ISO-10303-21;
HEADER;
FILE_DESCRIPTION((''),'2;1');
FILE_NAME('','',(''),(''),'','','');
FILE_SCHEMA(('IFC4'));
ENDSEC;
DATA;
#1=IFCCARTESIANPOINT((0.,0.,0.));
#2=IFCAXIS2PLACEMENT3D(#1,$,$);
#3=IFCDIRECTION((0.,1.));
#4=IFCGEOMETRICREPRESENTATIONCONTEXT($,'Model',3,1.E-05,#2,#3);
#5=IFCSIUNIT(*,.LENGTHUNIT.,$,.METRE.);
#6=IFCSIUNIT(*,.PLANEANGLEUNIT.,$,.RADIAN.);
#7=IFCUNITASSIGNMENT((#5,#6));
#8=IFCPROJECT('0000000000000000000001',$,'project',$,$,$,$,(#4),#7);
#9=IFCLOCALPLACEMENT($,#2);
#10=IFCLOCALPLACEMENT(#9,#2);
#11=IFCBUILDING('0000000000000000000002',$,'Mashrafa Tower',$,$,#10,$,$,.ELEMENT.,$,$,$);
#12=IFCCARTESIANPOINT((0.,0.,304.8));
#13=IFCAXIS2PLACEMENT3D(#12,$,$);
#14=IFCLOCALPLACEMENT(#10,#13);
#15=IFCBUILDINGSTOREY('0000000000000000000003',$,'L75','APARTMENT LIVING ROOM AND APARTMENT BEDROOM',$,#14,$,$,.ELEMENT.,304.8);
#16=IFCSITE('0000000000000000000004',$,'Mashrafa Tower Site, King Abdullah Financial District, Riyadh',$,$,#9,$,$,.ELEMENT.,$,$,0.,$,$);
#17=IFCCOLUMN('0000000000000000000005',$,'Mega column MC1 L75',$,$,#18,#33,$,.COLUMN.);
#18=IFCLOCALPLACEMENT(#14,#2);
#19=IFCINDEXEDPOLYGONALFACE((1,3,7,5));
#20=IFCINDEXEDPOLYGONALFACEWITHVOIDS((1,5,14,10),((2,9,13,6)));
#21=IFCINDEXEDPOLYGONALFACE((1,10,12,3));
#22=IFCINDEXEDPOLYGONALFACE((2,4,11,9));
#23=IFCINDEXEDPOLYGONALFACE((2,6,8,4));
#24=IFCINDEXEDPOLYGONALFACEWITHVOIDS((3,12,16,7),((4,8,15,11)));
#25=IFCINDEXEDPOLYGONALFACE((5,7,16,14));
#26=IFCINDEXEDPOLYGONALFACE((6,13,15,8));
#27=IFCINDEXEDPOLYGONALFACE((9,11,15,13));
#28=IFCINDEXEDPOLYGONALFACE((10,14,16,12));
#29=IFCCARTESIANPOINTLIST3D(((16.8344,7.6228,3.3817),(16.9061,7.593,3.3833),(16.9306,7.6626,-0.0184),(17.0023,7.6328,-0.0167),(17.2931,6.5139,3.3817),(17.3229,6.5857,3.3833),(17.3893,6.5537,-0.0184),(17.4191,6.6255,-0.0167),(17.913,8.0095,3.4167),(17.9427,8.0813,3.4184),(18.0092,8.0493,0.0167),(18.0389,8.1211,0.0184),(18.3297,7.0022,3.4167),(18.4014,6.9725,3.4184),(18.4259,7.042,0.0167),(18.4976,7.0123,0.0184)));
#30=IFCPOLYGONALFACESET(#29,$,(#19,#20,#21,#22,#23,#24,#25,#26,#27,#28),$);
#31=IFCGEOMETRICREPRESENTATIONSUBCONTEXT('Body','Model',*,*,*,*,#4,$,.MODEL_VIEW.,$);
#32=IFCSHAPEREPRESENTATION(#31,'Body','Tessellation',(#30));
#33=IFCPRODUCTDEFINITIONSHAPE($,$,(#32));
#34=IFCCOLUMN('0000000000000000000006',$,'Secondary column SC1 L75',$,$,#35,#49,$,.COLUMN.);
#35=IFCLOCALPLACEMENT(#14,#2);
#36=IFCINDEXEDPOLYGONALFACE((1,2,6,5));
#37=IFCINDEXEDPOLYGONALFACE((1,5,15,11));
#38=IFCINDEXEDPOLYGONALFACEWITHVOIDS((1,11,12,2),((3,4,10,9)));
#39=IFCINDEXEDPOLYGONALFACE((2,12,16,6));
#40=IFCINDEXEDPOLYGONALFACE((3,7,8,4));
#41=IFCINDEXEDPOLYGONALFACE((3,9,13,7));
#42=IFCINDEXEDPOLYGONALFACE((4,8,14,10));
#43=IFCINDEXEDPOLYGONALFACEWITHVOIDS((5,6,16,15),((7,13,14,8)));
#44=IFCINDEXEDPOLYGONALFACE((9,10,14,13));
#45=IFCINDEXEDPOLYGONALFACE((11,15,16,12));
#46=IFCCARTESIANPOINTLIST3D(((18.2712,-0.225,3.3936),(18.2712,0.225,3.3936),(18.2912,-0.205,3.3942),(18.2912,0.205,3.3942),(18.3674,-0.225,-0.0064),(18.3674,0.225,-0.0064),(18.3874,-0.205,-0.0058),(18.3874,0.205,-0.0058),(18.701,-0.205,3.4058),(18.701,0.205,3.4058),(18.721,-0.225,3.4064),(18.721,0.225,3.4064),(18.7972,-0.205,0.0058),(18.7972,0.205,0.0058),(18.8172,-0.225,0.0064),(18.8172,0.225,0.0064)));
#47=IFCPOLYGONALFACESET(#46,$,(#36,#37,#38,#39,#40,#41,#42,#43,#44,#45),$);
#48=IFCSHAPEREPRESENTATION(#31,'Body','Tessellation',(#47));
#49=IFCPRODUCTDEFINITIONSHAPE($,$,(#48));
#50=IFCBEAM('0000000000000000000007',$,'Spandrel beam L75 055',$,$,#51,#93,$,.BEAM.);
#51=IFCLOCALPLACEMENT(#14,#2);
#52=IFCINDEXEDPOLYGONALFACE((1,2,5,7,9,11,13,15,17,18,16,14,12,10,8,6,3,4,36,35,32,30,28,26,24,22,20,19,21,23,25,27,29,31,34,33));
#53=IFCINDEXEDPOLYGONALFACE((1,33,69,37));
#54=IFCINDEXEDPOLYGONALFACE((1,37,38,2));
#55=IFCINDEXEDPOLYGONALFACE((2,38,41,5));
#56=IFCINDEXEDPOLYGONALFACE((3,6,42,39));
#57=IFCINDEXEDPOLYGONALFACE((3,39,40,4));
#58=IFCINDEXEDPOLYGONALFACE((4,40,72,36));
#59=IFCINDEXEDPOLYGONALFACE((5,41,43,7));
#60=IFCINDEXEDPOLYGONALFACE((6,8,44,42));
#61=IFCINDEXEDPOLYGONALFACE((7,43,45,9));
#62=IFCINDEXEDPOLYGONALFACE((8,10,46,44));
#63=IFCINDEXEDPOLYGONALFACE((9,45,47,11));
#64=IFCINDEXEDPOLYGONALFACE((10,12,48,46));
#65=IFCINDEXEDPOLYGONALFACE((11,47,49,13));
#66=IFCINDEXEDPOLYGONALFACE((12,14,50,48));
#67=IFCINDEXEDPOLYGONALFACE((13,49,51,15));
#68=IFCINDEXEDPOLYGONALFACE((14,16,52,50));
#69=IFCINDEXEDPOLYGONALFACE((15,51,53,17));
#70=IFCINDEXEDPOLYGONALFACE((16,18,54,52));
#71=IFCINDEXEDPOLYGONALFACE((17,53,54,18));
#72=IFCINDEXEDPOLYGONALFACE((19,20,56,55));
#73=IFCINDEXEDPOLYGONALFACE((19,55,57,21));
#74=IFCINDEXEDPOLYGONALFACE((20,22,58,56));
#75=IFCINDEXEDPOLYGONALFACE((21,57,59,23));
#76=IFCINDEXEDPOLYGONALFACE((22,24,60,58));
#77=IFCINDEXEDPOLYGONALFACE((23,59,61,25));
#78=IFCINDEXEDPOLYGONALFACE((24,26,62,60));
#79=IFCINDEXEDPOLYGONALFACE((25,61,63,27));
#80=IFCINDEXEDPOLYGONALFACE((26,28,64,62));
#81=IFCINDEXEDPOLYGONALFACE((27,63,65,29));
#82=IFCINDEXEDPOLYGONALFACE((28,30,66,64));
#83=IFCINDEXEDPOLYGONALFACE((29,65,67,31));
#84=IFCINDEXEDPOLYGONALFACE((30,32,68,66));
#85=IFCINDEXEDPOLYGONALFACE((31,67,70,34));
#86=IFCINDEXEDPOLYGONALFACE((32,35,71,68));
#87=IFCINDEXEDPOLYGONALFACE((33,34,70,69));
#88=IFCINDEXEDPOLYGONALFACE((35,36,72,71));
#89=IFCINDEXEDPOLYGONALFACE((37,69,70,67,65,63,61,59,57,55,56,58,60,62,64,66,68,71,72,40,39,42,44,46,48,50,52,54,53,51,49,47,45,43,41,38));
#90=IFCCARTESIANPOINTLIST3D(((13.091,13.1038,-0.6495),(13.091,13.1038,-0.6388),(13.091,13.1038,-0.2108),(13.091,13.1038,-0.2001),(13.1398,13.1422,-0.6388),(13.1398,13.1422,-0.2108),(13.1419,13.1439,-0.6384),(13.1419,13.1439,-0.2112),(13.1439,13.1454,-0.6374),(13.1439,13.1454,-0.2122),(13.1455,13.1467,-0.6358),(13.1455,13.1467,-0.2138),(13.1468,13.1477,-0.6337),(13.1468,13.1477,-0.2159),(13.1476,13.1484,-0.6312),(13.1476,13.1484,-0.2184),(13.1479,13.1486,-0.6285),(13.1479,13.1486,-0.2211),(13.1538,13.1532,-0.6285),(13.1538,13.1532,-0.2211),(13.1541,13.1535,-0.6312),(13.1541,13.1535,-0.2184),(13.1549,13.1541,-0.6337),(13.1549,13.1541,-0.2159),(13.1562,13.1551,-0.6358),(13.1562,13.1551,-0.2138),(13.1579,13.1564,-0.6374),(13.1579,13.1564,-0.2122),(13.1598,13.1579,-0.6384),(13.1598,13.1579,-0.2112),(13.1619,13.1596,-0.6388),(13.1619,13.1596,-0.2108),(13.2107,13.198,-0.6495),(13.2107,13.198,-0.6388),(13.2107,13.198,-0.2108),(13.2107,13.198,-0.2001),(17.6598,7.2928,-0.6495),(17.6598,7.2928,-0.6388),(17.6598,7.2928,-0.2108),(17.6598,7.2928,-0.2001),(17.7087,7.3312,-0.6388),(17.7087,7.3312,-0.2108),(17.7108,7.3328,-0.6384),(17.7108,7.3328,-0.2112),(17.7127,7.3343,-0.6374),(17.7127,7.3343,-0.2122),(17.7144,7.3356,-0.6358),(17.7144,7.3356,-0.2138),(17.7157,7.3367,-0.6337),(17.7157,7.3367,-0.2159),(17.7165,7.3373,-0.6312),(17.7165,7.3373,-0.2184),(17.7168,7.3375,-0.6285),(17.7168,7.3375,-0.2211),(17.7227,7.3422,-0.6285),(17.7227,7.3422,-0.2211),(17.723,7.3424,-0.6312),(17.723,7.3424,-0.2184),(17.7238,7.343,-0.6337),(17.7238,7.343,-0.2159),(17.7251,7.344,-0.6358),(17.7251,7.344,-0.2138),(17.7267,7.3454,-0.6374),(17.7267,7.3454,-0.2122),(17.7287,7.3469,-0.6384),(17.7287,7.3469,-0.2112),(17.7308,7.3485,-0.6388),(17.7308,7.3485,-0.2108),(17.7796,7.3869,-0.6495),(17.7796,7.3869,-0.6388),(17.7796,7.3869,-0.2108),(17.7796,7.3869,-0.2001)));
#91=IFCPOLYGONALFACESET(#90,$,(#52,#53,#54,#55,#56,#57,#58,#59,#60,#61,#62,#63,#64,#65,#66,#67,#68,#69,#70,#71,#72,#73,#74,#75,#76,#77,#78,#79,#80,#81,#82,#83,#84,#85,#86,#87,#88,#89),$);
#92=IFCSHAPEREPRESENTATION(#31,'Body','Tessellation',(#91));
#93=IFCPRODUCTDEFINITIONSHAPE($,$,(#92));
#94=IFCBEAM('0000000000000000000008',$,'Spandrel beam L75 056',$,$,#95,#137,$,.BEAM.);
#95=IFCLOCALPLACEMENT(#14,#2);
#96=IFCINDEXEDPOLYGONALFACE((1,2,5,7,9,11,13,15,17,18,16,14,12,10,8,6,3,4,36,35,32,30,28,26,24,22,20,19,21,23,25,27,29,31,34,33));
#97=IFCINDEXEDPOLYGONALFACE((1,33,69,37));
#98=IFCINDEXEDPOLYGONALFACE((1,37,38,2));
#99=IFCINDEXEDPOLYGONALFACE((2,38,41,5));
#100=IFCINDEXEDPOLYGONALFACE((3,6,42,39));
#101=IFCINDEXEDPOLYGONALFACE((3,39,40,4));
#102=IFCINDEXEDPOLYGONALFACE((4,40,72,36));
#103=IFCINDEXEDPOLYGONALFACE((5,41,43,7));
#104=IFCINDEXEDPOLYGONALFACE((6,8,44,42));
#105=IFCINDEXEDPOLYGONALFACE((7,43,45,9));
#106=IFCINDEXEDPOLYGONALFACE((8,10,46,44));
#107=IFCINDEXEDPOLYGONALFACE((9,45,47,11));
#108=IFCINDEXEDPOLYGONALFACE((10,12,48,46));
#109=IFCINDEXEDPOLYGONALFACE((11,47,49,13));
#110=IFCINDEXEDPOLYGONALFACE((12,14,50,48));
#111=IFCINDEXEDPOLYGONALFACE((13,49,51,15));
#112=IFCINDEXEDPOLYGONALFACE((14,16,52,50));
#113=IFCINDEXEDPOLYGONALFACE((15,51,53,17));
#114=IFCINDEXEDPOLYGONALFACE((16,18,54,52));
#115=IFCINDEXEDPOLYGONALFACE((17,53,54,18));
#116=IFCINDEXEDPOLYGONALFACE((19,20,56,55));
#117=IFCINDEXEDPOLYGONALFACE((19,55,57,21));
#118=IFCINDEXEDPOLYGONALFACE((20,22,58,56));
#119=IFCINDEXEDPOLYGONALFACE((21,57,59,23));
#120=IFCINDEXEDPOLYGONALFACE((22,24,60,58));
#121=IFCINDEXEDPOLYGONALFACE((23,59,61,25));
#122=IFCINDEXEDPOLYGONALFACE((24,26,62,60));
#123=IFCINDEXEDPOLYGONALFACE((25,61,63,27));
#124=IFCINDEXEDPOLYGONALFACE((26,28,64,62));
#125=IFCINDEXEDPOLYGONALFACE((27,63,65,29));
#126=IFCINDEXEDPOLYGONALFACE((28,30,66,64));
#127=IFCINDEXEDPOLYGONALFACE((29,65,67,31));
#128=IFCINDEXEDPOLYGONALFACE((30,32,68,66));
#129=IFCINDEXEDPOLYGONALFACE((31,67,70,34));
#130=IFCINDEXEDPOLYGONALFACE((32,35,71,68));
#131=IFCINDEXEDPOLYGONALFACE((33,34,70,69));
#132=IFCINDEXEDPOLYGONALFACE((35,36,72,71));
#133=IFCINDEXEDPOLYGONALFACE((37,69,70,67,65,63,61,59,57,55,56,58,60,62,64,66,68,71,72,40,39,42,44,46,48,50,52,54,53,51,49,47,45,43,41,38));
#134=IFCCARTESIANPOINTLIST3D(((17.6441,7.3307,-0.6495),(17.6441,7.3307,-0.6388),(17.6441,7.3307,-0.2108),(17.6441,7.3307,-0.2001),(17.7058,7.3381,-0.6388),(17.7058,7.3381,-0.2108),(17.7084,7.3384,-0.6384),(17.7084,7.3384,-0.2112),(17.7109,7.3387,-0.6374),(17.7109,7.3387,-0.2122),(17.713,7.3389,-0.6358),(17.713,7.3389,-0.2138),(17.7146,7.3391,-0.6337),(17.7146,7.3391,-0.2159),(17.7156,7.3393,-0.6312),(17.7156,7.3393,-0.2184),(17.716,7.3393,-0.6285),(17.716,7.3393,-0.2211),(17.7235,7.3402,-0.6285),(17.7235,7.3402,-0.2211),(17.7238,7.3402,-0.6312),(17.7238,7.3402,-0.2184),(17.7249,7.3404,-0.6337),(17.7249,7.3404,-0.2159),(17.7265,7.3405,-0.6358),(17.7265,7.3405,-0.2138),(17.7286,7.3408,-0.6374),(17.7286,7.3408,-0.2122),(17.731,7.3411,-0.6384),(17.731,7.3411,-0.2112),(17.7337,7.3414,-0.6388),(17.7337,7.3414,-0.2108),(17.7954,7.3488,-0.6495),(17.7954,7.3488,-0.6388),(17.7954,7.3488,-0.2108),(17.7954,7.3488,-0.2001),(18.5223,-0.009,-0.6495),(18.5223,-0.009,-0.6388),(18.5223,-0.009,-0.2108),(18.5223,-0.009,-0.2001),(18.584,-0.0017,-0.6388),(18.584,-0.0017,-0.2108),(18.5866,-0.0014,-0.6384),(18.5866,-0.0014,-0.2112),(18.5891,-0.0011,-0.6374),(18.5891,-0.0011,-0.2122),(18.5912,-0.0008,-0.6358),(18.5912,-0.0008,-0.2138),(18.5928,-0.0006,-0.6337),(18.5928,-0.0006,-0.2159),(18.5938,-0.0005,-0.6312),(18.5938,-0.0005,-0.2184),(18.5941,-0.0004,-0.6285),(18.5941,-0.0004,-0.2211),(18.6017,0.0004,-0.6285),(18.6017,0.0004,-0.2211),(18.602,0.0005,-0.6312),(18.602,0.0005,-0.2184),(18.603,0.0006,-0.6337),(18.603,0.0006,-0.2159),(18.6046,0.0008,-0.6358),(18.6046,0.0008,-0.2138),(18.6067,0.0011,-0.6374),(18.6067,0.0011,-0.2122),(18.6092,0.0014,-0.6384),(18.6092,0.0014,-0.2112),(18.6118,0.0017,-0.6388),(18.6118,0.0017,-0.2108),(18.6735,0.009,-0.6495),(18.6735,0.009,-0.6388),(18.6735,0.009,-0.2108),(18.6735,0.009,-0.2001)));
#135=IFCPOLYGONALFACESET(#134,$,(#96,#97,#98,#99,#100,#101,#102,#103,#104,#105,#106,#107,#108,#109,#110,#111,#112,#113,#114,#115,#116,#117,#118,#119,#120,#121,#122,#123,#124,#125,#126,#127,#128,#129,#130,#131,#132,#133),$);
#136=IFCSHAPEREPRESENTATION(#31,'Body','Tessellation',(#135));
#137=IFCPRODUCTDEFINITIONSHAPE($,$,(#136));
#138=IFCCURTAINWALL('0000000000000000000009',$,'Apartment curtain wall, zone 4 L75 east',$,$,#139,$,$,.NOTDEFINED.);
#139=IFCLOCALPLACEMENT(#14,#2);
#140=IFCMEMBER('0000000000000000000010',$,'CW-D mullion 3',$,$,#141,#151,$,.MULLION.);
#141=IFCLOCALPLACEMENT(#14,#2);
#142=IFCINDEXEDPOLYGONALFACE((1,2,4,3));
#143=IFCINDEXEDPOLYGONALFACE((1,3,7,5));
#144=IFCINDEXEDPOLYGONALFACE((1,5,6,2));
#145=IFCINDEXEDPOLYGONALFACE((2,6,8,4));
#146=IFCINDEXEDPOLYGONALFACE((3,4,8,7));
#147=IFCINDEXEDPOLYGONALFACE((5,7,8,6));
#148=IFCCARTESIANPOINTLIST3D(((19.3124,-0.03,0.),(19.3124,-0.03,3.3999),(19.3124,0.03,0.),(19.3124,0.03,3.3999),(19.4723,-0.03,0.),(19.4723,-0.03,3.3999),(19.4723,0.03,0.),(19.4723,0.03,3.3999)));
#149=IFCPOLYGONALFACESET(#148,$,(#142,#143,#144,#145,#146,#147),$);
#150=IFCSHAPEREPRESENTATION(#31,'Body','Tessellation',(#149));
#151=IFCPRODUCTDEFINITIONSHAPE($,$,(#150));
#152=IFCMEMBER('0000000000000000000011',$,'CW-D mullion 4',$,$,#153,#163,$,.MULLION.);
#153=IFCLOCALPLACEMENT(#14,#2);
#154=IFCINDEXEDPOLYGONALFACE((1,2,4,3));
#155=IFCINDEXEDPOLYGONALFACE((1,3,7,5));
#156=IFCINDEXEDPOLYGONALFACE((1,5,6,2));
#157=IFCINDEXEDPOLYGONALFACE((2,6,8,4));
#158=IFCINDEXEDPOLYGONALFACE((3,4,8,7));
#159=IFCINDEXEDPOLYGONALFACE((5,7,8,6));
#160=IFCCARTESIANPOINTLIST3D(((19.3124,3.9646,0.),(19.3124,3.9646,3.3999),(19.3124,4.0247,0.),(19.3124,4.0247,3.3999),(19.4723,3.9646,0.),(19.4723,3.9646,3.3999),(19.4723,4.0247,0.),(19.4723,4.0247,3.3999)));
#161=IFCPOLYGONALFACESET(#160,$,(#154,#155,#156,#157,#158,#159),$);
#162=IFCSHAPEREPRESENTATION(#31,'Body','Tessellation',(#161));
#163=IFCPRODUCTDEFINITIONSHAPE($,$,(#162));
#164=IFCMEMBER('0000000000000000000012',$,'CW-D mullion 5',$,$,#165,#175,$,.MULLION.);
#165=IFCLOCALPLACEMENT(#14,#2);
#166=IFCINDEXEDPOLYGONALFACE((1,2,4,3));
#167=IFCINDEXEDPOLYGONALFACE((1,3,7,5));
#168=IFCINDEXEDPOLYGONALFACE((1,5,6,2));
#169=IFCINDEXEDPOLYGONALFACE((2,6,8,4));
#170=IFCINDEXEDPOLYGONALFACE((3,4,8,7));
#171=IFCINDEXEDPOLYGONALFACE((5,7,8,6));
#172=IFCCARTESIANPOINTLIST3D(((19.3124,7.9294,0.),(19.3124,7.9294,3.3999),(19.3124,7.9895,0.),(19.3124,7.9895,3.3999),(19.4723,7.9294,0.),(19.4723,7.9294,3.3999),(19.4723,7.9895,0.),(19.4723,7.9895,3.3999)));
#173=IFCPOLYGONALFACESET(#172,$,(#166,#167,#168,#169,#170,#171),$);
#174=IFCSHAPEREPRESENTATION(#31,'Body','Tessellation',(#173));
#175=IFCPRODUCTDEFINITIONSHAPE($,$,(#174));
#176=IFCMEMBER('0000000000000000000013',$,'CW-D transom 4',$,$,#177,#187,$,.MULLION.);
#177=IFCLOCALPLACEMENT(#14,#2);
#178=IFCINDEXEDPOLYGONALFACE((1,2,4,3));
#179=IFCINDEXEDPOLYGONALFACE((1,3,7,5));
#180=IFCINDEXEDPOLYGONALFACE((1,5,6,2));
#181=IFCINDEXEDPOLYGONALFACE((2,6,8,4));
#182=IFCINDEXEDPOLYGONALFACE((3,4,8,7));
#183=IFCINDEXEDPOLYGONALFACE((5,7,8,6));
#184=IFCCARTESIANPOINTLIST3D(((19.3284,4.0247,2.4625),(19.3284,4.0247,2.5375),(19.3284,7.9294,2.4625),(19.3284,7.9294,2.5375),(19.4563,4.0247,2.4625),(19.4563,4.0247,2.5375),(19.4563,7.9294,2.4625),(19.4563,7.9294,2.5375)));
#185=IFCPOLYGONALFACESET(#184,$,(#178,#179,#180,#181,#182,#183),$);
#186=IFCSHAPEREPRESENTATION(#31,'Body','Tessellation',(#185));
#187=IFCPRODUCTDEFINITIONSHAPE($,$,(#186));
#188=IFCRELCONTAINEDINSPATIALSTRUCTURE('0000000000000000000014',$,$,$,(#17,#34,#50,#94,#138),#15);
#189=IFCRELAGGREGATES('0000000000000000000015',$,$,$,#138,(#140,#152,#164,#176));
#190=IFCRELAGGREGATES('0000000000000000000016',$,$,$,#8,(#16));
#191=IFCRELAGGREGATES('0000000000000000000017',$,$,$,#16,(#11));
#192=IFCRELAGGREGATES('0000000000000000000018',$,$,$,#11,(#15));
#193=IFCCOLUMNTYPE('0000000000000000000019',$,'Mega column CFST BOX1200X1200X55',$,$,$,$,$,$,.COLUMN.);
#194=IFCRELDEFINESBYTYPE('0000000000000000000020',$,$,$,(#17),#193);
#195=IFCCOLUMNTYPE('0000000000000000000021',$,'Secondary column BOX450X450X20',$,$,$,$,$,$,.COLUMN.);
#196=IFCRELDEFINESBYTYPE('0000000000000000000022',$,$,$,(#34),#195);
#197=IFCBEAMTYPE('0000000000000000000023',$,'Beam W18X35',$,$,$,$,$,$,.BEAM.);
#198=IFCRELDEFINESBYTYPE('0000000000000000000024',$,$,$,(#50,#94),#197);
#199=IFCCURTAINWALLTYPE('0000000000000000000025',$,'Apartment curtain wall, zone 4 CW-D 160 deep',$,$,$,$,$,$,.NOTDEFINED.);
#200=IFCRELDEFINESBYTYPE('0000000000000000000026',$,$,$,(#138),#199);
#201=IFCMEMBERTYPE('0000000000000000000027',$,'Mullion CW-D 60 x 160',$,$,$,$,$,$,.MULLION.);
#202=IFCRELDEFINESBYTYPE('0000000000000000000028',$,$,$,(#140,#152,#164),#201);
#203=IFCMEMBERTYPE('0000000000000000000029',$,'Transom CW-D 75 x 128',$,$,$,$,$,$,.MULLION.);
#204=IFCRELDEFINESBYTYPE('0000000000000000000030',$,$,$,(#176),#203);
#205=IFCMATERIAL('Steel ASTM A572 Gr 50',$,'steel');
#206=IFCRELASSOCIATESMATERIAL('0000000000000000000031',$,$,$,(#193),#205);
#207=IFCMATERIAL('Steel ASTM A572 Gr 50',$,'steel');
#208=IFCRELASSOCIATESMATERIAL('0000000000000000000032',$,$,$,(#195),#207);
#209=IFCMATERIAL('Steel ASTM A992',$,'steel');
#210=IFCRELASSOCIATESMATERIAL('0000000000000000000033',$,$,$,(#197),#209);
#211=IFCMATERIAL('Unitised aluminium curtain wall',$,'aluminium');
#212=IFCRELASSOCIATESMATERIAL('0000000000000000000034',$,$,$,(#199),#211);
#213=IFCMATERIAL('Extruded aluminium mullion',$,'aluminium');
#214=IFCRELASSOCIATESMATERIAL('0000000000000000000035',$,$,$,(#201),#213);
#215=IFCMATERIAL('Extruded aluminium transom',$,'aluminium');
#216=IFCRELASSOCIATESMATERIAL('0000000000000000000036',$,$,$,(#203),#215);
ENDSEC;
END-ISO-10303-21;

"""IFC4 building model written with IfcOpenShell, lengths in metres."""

from ifc_helpers import new_model, si_unit, direction, frame, origin, origin_2d, place, context, subcontext, project, spatial, rectangle, hollow_rectangle, i_section, extrude, source, transform, mapped, material, material_profile, profile_set, type_object, type_shapes, element, aggregate, save


model = new_model("IFC4")

# Units and contexts
model_context = context("Model", 3, precision=1e-05, world=origin(), true_north=direction((0.0, 1.0)))
body_context = subcontext(model_context, "Body", "Model", "MODEL_VIEW")
ifc_project = project(units=[si_unit("LENGTHUNIT", "METRE"), si_unit("PLANEANGLEUNIT", "RADIAN")], contexts=[model_context])

# Site, building, storey
site_placement = place(None, origin())
site = spatial("IfcSite", under=ifc_project, at=site_placement, Name="Mashrafa Tower Site, King Abdullah Financial District, Riyadh", CompositionType="ELEMENT", RefElevation=0.0)
building_placement = place(site_placement, origin())
building = spatial("IfcBuilding", under=site, at=building_placement, Name="Mashrafa Tower", CompositionType="ELEMENT")
storey_placement = place(building_placement, frame((0.0, 0.0, 304.8)))
storey = spatial("IfcBuildingStorey", under=building, at=storey_placement, Name="L75", Description="APARTMENT LIVING ROOM AND APARTMENT BEDROOM", CompositionType="ELEMENT", Elevation=304.8)

# Columns
ifc_material_1 = material(Name="Steel ASTM A572 Gr 50", Category="steel")
ifc_material_profile_1 = material_profile(ifc_material_1, hollow_rectangle(XDim=1.2, YDim=1.2, WallThickness=0.0549, at=origin_2d()), Name="BOX1200X1200X55")
ifc_profile_set_1 = profile_set([ifc_material_profile_1], Name="Steel ASTM A572 Gr 50")
column_type_1 = type_object("IfcColumnType", Name="Mega column CFST BOX1200X1200X55", PredefinedType="COLUMN", material=ifc_profile_set_1)
column_1_placement = place(storey_placement, frame((17.7141, 7.3374, 0.0), z_axis=(-0.028279, -0.011699, 0.999532), x_axis=(0.382283, -0.924045, 0.0)))
element("IfcColumn", 1, at=column_1_placement, inside=storey, type_object=column_type_1, Name="Mega column MC1 L75", PredefinedType="COLUMN", context=body_context, shape_type="SweptSolid", body=[
    extrude(hollow_rectangle(XDim=1.2, YDim=1.2, WallThickness=0.0549, at=origin_2d()), origin(), (0.0, 0.0, 1.0), 3.4016),
])
ifc_material_2 = material(Name="Steel ASTM A572 Gr 50", Category="steel")
ifc_material_profile_2 = material_profile(ifc_material_2, hollow_rectangle(XDim=0.45, YDim=0.45, WallThickness=0.02, at=origin_2d()), Name="BOX450X450X20")
ifc_profile_set_2 = profile_set([ifc_material_profile_2], Name="Steel ASTM A572 Gr 50")
column_type_2 = type_object("IfcColumnType", Name="Secondary column BOX450X450X20", PredefinedType="COLUMN", material=ifc_profile_set_2)
column_2_placement = place(storey_placement, frame((18.5923, 0.0, 0.0), z_axis=(-0.028281, 0.0, 0.9996), x_axis=(0.0, -1.0, 0.0)))
element("IfcColumn", 2, at=column_2_placement, inside=storey, type_object=column_type_2, Name="Secondary column SC1 L75", PredefinedType="COLUMN", context=body_context, shape_type="SweptSolid", body=[
    extrude(hollow_rectangle(XDim=0.45, YDim=0.45, WallThickness=0.02, at=origin_2d()), origin(), (0.0, 0.0, 1.0), 3.4014),
])

# Beams
ifc_material_3 = material(Name="Steel ASTM A992", Category="steel")
ifc_material_profile_3 = material_profile(ifc_material_3, i_section(OverallWidth=0.1523, OverallDepth=0.4495, WebThickness=0.0076, FlangeThickness=0.0107, FilletRadius=0.0103, at=origin_2d()), Name="W18X35")
ifc_profile_set_3 = profile_set([ifc_material_profile_3], Name="Steel ASTM A992")
beam_type = type_object("IfcBeamType", Name="Beam W18X35", PredefinedType="BEAM", material=ifc_profile_set_3)
for number, where, z_axis, x_axis, name in (
    (3, (17.7197, 7.3398, -0.4248), (-0.618075, 0.786119, 0.0), (-0.786119, -0.618075, 0.0), "Spandrel beam L75 055"),
    (4, (18.5979, 0.0, -0.4248), (-0.118797, 0.992919, 0.0), (-0.992919, -0.118797, 0.0), "Spandrel beam L75 056"),
):
    element("IfcBeam", number, at=place(storey_placement, frame(where, z_axis=z_axis, x_axis=x_axis)), inside=storey, type_object=beam_type, Name=name, PredefinedType="BEAM", context=body_context, shape_type="SweptSolid", body=[
        extrude(i_section(OverallWidth=0.1523, OverallDepth=0.4495, WebThickness=0.0076, FlangeThickness=0.0107, FilletRadius=0.0103, at=origin_2d()), origin(), (0.0, 0.0, 1.0), 7.3921),
    ])

# Curtain wall, members
ifc_material_4 = material(Name="Unitised aluminium curtain wall", Category="aluminium")
curtain_wall_type = type_object("IfcCurtainWallType", Name="Apartment curtain wall, zone 4 CW-D 160 deep", PredefinedType="NOTDEFINED", material=ifc_material_4)
curtain_wall_placement = place(storey_placement, origin())
curtain_wall = element("IfcCurtainWall", 5, at=curtain_wall_placement, inside=storey, type_object=curtain_wall_type, Name="Apartment curtain wall, zone 4 L75 east", PredefinedType="NOTDEFINED")
ifc_material_5 = material(Name="Extruded aluminium mullion", Category="aluminium")
ifc_material_profile_4 = material_profile(ifc_material_5, rectangle(XDim=0.1599, YDim=0.0601, at=origin_2d()), Name="Mullion 60x160")
ifc_profile_set_4 = profile_set([ifc_material_profile_4], Name="Extruded aluminium mullion")
member_type_1 = type_object("IfcMemberType", Name="Mullion CW-D 60 x 160", PredefinedType="MULLION", material=ifc_profile_set_4)
shared_shape_1 = source(origin(), body_context, "Body", "SweptSolid", [
    extrude(rectangle(XDim=0.1599, YDim=0.0601, at=origin_2d()), origin(), (0.0, 0.0, 1.0), 3.3999),
])
type_shapes(member_type_1, [shared_shape_1])
member_1_placement = place(storey_placement, frame((19.3923, 0.0, 0.0), z_axis=(0.0, 0.0, 1.0), x_axis=(-1.0, 0.0, 0.0)))
member_1 = element("IfcMember", 6, at=member_1_placement, type_object=member_type_1, Name="CW-D mullion 3", PredefinedType="MULLION", context=body_context, shape_type="MappedRepresentation", body=[
    mapped(shared_shape_1, transform((0.0, 0.0, 0.0))),
])
member_2_placement = place(storey_placement, frame((19.3923, 3.9946, 0.0), z_axis=(0.0, 0.0, 1.0), x_axis=(-1.0, 0.0, 0.0)))
member_2 = element("IfcMember", 7, at=member_2_placement, type_object=member_type_1, Name="CW-D mullion 4", PredefinedType="MULLION", context=body_context, shape_type="MappedRepresentation", body=[
    mapped(shared_shape_1, transform((0.0, 0.0, 0.0))),
])
member_3_placement = place(storey_placement, frame((19.3923, 7.9595, 0.0), z_axis=(0.0, 0.0, 1.0), x_axis=(-1.0, 0.0, 0.0)))
member_3 = element("IfcMember", 8, at=member_3_placement, type_object=member_type_1, Name="CW-D mullion 5", PredefinedType="MULLION", context=body_context, shape_type="MappedRepresentation", body=[
    mapped(shared_shape_1, transform((0.0, 0.0, 0.0))),
])
ifc_material_6 = material(Name="Extruded aluminium transom", Category="aluminium")
ifc_material_profile_5 = material_profile(ifc_material_6, rectangle(XDim=0.1279, YDim=0.075, at=origin_2d()), Name="Transom 75x128")
ifc_profile_set_5 = profile_set([ifc_material_profile_5], Name="Extruded aluminium transom")
member_type_2 = type_object("IfcMemberType", Name="Transom CW-D 75 x 128", PredefinedType="MULLION", material=ifc_profile_set_5)
shared_shape_2 = source(origin(), body_context, "Body", "SweptSolid", [
    extrude(rectangle(XDim=0.1279, YDim=0.075, at=origin_2d()), origin(), (0.0, 0.0, 1.0), 3.9048),
])
member_4_placement = place(storey_placement, frame((19.3923, 4.0247, 2.5), z_axis=(0.0, 1.0, 0.0), x_axis=(-1.0, 0.0, 0.0)))
member_4 = element("IfcMember", 9, at=member_4_placement, type_object=member_type_2, Name="CW-D transom 4", PredefinedType="MULLION", context=body_context, shape_type="MappedRepresentation", body=[
    mapped(shared_shape_2, transform((0.0, 0.0, 0.0))),
])
aggregate(curtain_wall, [member_1, member_2, member_3, member_4])

save(model, "model.ifc")
